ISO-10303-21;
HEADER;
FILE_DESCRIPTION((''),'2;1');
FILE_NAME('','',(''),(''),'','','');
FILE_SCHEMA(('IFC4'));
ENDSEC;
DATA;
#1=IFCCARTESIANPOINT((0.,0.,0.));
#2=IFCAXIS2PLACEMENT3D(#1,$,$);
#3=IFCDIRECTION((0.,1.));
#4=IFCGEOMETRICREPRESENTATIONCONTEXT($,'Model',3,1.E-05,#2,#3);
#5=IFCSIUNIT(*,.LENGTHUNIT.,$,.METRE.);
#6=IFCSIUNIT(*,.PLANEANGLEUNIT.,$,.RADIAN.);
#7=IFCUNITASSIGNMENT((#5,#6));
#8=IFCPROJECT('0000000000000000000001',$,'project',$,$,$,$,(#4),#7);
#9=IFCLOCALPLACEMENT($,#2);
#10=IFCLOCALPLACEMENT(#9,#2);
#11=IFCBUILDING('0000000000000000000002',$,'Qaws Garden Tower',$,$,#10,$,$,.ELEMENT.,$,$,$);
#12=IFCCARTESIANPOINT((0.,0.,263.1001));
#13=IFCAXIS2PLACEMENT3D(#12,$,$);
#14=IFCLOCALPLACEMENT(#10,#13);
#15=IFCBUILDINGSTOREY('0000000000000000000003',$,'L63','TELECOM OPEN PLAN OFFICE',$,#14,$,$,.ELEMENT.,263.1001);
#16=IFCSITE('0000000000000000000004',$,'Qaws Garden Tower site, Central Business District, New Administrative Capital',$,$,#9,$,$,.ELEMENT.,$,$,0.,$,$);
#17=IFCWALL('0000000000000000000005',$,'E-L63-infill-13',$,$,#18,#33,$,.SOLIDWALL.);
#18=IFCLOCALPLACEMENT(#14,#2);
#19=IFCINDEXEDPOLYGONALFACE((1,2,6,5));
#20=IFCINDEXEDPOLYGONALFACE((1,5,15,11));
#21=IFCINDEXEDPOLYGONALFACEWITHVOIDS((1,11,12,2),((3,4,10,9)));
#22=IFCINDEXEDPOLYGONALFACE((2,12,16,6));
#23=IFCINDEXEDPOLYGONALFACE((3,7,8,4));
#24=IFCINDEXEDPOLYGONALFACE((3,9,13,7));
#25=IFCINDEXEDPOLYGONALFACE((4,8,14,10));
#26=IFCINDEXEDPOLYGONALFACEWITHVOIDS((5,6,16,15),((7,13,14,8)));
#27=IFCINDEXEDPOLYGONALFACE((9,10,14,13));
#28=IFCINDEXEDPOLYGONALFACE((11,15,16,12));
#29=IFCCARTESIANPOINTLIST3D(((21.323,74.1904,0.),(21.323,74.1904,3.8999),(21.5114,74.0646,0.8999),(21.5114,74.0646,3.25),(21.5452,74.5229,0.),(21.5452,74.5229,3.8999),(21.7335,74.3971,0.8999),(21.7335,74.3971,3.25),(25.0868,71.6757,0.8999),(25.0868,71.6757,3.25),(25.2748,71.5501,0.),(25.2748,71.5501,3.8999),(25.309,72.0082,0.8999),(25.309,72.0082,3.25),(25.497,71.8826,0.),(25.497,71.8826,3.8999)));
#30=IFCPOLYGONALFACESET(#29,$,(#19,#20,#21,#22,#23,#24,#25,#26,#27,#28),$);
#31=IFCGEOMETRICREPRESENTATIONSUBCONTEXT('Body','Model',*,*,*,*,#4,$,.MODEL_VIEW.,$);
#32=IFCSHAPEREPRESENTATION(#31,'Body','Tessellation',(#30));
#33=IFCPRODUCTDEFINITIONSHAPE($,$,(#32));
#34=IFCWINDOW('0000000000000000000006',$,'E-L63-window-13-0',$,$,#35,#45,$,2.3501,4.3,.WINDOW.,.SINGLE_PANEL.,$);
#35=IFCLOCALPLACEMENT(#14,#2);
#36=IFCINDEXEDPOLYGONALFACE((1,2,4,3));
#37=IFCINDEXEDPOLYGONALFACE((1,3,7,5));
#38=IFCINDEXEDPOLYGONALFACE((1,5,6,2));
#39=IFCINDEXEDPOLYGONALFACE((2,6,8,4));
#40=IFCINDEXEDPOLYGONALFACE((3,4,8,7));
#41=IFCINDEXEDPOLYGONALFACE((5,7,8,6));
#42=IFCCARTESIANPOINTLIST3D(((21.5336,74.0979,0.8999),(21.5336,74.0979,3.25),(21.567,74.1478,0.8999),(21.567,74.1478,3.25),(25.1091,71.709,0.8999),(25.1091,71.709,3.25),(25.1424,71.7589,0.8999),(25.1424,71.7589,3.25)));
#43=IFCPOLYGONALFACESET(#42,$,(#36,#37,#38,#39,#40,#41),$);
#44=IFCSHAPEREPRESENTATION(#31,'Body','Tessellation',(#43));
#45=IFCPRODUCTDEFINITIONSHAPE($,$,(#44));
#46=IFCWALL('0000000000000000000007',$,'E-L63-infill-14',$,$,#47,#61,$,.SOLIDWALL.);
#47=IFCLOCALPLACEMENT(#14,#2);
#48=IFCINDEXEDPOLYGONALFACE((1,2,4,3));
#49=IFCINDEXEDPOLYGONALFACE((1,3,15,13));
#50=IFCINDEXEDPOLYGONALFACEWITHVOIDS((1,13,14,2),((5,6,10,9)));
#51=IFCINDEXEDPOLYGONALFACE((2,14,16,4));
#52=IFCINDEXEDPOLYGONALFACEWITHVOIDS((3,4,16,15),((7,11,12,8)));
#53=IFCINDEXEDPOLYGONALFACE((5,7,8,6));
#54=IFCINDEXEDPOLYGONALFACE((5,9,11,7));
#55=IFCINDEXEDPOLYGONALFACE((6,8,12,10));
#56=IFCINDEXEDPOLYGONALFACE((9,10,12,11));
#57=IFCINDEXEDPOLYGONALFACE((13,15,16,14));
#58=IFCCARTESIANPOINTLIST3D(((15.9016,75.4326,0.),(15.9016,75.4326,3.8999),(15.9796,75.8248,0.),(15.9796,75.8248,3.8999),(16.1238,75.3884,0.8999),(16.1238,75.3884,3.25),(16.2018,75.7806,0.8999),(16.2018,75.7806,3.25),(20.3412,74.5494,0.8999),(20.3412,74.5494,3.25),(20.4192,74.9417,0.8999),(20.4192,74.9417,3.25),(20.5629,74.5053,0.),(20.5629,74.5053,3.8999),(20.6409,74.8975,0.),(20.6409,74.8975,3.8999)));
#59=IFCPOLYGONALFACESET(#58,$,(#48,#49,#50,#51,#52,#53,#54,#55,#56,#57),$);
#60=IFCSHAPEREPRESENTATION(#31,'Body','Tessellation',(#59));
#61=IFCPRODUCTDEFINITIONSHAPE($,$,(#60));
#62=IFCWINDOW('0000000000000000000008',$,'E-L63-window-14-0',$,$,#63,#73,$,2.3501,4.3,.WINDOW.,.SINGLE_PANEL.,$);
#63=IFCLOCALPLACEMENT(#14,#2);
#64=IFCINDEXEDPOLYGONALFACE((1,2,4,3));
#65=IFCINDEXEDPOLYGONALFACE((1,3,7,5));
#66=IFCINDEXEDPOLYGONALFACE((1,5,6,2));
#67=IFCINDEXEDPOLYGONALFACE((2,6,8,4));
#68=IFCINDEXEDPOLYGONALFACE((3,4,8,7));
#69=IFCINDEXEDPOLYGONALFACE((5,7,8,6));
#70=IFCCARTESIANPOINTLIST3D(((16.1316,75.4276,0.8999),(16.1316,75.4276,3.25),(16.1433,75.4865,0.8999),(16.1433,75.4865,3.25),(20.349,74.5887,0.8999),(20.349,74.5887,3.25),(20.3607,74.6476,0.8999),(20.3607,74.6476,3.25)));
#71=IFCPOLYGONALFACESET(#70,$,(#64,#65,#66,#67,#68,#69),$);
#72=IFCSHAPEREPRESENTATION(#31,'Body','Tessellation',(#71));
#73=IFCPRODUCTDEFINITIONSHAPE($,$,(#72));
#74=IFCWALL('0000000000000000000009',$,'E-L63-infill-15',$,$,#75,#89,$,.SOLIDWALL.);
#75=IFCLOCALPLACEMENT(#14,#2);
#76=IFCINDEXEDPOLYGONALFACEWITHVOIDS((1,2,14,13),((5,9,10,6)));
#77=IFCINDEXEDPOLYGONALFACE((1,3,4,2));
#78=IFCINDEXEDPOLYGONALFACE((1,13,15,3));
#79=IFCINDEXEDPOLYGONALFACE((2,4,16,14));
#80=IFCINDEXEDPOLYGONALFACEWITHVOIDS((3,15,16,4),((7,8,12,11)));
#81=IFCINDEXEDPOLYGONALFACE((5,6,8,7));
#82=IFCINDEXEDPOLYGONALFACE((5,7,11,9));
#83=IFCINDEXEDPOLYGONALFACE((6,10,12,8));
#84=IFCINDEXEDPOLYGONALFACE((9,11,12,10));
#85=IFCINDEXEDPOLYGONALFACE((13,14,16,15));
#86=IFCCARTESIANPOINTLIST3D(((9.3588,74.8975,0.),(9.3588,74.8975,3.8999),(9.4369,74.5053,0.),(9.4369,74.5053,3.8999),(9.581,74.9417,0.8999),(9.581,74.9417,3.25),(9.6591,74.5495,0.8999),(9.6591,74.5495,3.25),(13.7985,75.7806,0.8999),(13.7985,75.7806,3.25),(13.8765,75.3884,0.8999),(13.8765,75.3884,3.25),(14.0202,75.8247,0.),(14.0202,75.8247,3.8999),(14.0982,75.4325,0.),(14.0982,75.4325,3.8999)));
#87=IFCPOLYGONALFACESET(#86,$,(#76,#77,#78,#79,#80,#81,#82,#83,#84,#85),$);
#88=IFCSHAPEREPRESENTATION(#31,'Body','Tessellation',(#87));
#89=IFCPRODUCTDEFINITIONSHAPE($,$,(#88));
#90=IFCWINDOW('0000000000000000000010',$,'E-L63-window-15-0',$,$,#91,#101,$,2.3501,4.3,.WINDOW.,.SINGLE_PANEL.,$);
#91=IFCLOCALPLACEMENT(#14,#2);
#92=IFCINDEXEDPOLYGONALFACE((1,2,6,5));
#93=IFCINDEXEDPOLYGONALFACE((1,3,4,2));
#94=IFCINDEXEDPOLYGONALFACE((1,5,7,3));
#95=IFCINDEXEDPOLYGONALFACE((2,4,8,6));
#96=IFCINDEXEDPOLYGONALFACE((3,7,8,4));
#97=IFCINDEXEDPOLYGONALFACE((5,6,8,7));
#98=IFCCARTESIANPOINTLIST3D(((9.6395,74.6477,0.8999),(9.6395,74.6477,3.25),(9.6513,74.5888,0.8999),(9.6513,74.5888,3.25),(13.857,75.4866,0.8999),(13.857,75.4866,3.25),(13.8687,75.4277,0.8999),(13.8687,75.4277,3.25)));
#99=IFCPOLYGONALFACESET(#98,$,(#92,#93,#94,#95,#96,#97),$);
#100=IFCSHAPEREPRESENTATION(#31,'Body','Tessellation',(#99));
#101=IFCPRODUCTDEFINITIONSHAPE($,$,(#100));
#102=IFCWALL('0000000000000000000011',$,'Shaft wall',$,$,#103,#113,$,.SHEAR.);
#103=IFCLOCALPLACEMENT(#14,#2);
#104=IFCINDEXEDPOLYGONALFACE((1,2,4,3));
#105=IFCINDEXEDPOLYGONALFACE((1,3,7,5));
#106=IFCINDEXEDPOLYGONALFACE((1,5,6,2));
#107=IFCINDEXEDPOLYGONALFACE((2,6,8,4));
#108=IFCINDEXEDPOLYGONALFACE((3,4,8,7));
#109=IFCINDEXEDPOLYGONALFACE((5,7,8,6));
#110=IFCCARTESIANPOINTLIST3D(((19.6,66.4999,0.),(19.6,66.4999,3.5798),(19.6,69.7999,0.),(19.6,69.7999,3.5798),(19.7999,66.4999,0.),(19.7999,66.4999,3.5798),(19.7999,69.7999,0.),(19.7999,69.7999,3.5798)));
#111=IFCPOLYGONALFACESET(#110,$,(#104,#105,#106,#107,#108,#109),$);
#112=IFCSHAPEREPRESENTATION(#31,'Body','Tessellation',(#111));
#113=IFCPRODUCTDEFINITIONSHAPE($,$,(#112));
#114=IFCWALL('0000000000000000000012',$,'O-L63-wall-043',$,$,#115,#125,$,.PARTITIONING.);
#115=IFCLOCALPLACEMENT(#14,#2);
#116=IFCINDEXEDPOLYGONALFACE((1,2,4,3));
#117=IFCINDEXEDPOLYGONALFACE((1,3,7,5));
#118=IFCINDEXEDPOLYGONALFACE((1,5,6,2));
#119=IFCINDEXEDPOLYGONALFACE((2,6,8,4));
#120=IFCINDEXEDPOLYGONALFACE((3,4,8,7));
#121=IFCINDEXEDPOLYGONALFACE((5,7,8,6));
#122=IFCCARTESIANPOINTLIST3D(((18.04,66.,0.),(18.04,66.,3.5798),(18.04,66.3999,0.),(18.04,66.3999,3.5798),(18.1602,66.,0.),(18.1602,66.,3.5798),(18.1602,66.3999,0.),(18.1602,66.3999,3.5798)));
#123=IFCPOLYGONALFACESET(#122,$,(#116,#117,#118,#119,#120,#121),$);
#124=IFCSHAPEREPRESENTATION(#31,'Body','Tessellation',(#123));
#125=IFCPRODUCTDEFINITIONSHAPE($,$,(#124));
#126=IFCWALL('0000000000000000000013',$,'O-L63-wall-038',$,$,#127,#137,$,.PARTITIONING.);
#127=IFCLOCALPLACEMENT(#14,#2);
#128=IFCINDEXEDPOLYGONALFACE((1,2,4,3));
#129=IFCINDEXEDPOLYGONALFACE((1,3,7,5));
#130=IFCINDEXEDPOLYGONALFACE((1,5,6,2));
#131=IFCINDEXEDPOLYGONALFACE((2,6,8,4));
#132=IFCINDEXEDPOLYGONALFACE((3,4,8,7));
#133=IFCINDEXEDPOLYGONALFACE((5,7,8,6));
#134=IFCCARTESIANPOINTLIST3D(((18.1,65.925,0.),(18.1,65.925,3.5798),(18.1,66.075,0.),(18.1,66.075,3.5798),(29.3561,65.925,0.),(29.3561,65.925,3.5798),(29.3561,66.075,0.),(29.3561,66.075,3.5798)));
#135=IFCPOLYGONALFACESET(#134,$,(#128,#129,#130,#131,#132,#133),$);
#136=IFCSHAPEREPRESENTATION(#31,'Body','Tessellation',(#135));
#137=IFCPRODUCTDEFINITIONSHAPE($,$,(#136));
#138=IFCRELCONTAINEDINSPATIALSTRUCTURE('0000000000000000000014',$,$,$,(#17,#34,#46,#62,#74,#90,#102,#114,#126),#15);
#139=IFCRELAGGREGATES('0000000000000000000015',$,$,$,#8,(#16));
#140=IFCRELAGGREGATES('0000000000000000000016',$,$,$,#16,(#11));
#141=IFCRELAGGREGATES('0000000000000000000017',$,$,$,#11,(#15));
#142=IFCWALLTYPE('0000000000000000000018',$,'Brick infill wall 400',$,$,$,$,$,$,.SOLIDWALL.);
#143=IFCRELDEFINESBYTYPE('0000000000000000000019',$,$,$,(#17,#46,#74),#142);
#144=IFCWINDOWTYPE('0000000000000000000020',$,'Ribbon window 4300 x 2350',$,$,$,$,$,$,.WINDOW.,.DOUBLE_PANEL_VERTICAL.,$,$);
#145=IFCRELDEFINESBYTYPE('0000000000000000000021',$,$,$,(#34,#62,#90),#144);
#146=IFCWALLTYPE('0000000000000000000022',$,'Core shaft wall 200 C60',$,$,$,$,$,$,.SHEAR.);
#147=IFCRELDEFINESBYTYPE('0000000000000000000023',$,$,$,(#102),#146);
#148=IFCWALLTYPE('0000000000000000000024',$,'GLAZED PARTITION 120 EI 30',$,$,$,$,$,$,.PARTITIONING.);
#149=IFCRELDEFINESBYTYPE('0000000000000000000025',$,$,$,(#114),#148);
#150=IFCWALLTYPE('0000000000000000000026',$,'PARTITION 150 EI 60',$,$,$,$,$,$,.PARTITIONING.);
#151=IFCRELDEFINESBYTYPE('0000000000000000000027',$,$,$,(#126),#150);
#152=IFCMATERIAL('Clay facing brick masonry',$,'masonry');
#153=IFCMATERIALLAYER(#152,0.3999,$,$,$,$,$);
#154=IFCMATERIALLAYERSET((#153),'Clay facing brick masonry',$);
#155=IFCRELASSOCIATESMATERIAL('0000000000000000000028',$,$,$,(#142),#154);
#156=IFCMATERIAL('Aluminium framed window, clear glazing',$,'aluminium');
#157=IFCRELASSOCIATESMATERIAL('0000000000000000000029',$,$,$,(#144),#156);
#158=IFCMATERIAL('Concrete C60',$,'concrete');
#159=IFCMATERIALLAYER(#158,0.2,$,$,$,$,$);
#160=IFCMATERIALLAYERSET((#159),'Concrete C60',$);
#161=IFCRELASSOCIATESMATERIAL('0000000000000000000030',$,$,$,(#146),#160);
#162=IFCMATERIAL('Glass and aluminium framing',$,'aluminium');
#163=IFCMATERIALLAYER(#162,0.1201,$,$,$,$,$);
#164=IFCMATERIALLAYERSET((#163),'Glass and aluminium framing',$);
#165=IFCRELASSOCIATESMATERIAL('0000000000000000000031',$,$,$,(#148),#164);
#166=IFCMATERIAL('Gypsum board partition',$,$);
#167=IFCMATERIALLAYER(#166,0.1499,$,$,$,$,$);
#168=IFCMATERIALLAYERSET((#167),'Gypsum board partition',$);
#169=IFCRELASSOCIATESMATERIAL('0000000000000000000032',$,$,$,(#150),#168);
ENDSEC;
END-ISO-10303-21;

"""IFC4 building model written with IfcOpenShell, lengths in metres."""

from ifc_helpers import new_model, si_unit, direction, frame, frame_2d, origin, place, context, subcontext, project, spatial, rectangle, extrude, material, layer, layer_set, type_object, element, fill, save


model = new_model("IFC4")

# Units and contexts
model_context = context("Model", 3, precision=1e-05, world=origin(), true_north=direction((0.0, 1.0)))
body_context = subcontext(model_context, "Body", "Model", "MODEL_VIEW")
ifc_project = project(units=[si_unit("LENGTHUNIT", "METRE"), si_unit("PLANEANGLEUNIT", "RADIAN")], contexts=[model_context])

# Site, building, storey
site_placement = place(None, origin())
site = spatial("IfcSite", under=ifc_project, at=site_placement, Name="Qaws Garden Tower site, Central Business District, New Administrative Capital", CompositionType="ELEMENT", RefElevation=0.0)
building_placement = place(site_placement, origin())
building = spatial("IfcBuilding", under=site, at=building_placement, Name="Qaws Garden Tower", CompositionType="ELEMENT")
storey_placement = place(building_placement, frame((0.0, 0.0, 263.1001)))
storey = spatial("IfcBuildingStorey", under=building, at=storey_placement, Name="L63", Description="TELECOM OPEN PLAN OFFICE", CompositionType="ELEMENT", Elevation=263.1001)

# Walls, openings, windows
ifc_material_1 = material(Name="Clay facing brick masonry", Category="masonry")
ifc_layer_1 = layer(ifc_material_1, 0.3999)
ifc_layer_set_1 = layer_set([ifc_layer_1], Name="Clay facing brick masonry")
wall_type_1 = type_object("IfcWallType", Name="Brick infill wall 400", PredefinedType="SOLIDWALL", material=ifc_layer_set_1)
ifc_material_2 = material(Name="Aluminium framed window, clear glazing", Category="aluminium")
window_type = type_object("IfcWindowType", Name="Ribbon window 4300 x 2350", PartitioningType="DOUBLE_PANEL_VERTICAL", PredefinedType="WINDOW", material=ifc_material_2)
wall_1_placement = place(storey_placement, frame((25.386, 71.7163, 0.0), z_axis=(0.0, 0.0, 1.0), x_axis=(-0.831489, 0.555542, 0.0)))
wall_1 = element("IfcWall", 1, at=wall_1_placement, inside=storey, type_object=wall_type_1, Name="E-L63-infill-13", PredefinedType="SOLIDWALL", context=body_context, shape_type="SweptSolid", body=[
    extrude(rectangle(XDim=4.7527, YDim=0.3999, at=frame_2d((2.3765, 0.0))), origin(), (0.0, 0.0, 1.0), 3.8999),
])
opening_1_placement = place(wall_1_placement, frame((0.2263, 0.0, 0.8999)))
opening_1 = element("IfcOpeningElement", 2, at=opening_1_placement, cuts=wall_1, PredefinedType="OPENING", context=body_context, shape_type="SweptSolid", body=[
    extrude(rectangle(XDim=4.3, YDim=2.3501, at=frame_2d((2.1499, 1.175))), frame((0.0, 0.21, 0.0), z_axis=(0.0, -1.0, 0.0), x_axis=(1.0, 0.0, 0.0)), (0.0, 0.0, 1.0), 0.4199),
])
window_1_placement = place(opening_1_placement, origin())
window_1 = element("IfcWindow", 3, at=window_1_placement, inside=storey, type_object=window_type, Name="E-L63-window-13-0", OverallHeight=2.3501, OverallWidth=4.3, PartitioningType="SINGLE_PANEL", PredefinedType="WINDOW", context=body_context, shape_type="SweptSolid", body=[
    extrude(rectangle(XDim=4.3, YDim=2.3501, at=frame_2d((2.1499, 1.175))), frame((0.0, 0.1599, 0.0), z_axis=(0.0, -1.0, 0.0), x_axis=(1.0, 0.0, 0.0)), (0.0, 0.0, 1.0), 0.0601),
])
fill(opening_1, window_1)
wall_2_placement = place(storey_placement, frame((20.6021, 74.7014, 0.0), z_axis=(0.0, 0.0, 1.0), x_axis=(-0.980784, 0.195099, 0.0)))
wall_2 = element("IfcWall", 4, at=wall_2_placement, inside=storey, type_object=wall_type_1, Name="E-L63-infill-14", PredefinedType="SOLIDWALL", context=body_context, shape_type="SweptSolid", body=[
    extrude(rectangle(XDim=4.7527, YDim=0.3999, at=frame_2d((2.3765, 0.0))), origin(), (0.0, 0.0, 1.0), 3.8999),
])
opening_2_placement = place(wall_2_placement, frame((0.2263, 0.0, 0.8999)))
opening_2 = element("IfcOpeningElement", 5, at=opening_2_placement, cuts=wall_2, PredefinedType="OPENING", context=body_context, shape_type="SweptSolid", body=[
    extrude(rectangle(XDim=4.3, YDim=2.3501, at=frame_2d((2.1499, 1.175))), frame((0.0, 0.21, 0.0), z_axis=(0.0, -1.0, 0.0), x_axis=(1.0, 0.0, 0.0)), (0.0, 0.0, 1.0), 0.4199),
])
window_2_placement = place(opening_2_placement, origin())
window_2 = element("IfcWindow", 6, at=window_2_placement, inside=storey, type_object=window_type, Name="E-L63-window-14-0", OverallHeight=2.3501, OverallWidth=4.3, PartitioningType="SINGLE_PANEL", PredefinedType="WINDOW", context=body_context, shape_type="SweptSolid", body=[
    extrude(rectangle(XDim=4.3, YDim=2.3501, at=frame_2d((2.1499, 1.175))), frame((0.0, 0.1599, 0.0), z_axis=(0.0, -1.0, 0.0), x_axis=(1.0, 0.0, 0.0)), (0.0, 0.0, 1.0), 0.0601),
])
fill(opening_2, window_2)
wall_3_placement = place(storey_placement, frame((14.0593, 75.6287, 0.0), z_axis=(0.0, 0.0, 1.0), x_axis=(-0.980784, -0.195099, 0.0)))
wall_3 = element("IfcWall", 7, at=wall_3_placement, inside=storey, type_object=wall_type_1, Name="E-L63-infill-15", PredefinedType="SOLIDWALL", context=body_context, shape_type="SweptSolid", body=[
    extrude(rectangle(XDim=4.7527, YDim=0.3999, at=frame_2d((2.3765, 0.0))), origin(), (0.0, 0.0, 1.0), 3.8999),
])
opening_3_placement = place(wall_3_placement, frame((0.2263, 0.0, 0.8999)))
opening_3 = element("IfcOpeningElement", 8, at=opening_3_placement, cuts=wall_3, PredefinedType="OPENING", context=body_context, shape_type="SweptSolid", body=[
    extrude(rectangle(XDim=4.3, YDim=2.3501, at=frame_2d((2.1499, 1.175))), frame((0.0, 0.21, 0.0), z_axis=(0.0, -1.0, 0.0), x_axis=(1.0, 0.0, 0.0)), (0.0, 0.0, 1.0), 0.4199),
])
window_3_placement = place(opening_3_placement, origin())
window_3 = element("IfcWindow", 9, at=window_3_placement, inside=storey, type_object=window_type, Name="E-L63-window-15-0", OverallHeight=2.3501, OverallWidth=4.3, PartitioningType="SINGLE_PANEL", PredefinedType="WINDOW", context=body_context, shape_type="SweptSolid", body=[
    extrude(rectangle(XDim=4.3, YDim=2.3501, at=frame_2d((2.1499, 1.175))), frame((0.0, 0.1599, 0.0), z_axis=(0.0, -1.0, 0.0), x_axis=(1.0, 0.0, 0.0)), (0.0, 0.0, 1.0), 0.0601),
])
fill(opening_3, window_3)

# Walls
ifc_material_3 = material(Name="Concrete C60", Category="concrete")
ifc_layer_2 = layer(ifc_material_3, 0.2)
ifc_layer_set_2 = layer_set([ifc_layer_2], Name="Concrete C60")
wall_type_2 = type_object("IfcWallType", Name="Core shaft wall 200 C60", PredefinedType="SHEAR", material=ifc_layer_set_2)
wall_4_placement = place(storey_placement, frame((19.7, 66.5, 0.0), z_axis=(0.0, 0.0, 1.0), x_axis=(0.0, 1.0, 0.0)))
element("IfcWall", 10, at=wall_4_placement, inside=storey, type_object=wall_type_2, Name="Shaft wall", PredefinedType="SHEAR", context=body_context, shape_type="SweptSolid", body=[
    extrude(rectangle(XDim=3.3, YDim=0.2, at=frame_2d((1.6499, 0.0))), origin(), (0.0, 0.0, 1.0), 3.5798),
])
ifc_material_4 = material(Name="Glass and aluminium framing", Category="aluminium")
ifc_layer_3 = layer(ifc_material_4, 0.1201)
ifc_layer_set_3 = layer_set([ifc_layer_3], Name="Glass and aluminium framing")
wall_type_3 = type_object("IfcWallType", Name="GLAZED PARTITION 120 EI 30", PredefinedType="PARTITIONING", material=ifc_layer_set_3)
wall_5_placement = place(storey_placement, frame((18.1001, 66.0, 0.0), z_axis=(0.0, 0.0, 1.0), x_axis=(0.0, 1.0, 0.0)))
element("IfcWall", 11, at=wall_5_placement, inside=storey, type_object=wall_type_3, Name="O-L63-wall-043", PredefinedType="PARTITIONING", context=body_context, shape_type="SweptSolid", body=[
    extrude(rectangle(XDim=0.3999, YDim=0.1201, at=frame_2d((0.2, 0.0))), origin(), (0.0, 0.0, 1.0), 3.5798),
])
ifc_material_5 = material(Name="Gypsum board partition")
ifc_layer_4 = layer(ifc_material_5, 0.1499)
ifc_layer_set_4 = layer_set([ifc_layer_4], Name="Gypsum board partition")
wall_type_4 = type_object("IfcWallType", Name="PARTITION 150 EI 60", PredefinedType="PARTITIONING", material=ifc_layer_set_4)
wall_6_placement = place(storey_placement, frame((18.1001, 66.0, 0.0), z_axis=(0.0, 0.0, 1.0), x_axis=(1.0, 0.0, 0.0)))
element("IfcWall", 12, at=wall_6_placement, inside=storey, type_object=wall_type_4, Name="O-L63-wall-038", PredefinedType="PARTITIONING", context=body_context, shape_type="SweptSolid", body=[
    extrude(rectangle(XDim=11.2561, YDim=0.1499, at=frame_2d((5.6279, 0.0))), origin(), (0.0, 0.0, 1.0), 3.5798),
])

save(model, "model.ifc")
